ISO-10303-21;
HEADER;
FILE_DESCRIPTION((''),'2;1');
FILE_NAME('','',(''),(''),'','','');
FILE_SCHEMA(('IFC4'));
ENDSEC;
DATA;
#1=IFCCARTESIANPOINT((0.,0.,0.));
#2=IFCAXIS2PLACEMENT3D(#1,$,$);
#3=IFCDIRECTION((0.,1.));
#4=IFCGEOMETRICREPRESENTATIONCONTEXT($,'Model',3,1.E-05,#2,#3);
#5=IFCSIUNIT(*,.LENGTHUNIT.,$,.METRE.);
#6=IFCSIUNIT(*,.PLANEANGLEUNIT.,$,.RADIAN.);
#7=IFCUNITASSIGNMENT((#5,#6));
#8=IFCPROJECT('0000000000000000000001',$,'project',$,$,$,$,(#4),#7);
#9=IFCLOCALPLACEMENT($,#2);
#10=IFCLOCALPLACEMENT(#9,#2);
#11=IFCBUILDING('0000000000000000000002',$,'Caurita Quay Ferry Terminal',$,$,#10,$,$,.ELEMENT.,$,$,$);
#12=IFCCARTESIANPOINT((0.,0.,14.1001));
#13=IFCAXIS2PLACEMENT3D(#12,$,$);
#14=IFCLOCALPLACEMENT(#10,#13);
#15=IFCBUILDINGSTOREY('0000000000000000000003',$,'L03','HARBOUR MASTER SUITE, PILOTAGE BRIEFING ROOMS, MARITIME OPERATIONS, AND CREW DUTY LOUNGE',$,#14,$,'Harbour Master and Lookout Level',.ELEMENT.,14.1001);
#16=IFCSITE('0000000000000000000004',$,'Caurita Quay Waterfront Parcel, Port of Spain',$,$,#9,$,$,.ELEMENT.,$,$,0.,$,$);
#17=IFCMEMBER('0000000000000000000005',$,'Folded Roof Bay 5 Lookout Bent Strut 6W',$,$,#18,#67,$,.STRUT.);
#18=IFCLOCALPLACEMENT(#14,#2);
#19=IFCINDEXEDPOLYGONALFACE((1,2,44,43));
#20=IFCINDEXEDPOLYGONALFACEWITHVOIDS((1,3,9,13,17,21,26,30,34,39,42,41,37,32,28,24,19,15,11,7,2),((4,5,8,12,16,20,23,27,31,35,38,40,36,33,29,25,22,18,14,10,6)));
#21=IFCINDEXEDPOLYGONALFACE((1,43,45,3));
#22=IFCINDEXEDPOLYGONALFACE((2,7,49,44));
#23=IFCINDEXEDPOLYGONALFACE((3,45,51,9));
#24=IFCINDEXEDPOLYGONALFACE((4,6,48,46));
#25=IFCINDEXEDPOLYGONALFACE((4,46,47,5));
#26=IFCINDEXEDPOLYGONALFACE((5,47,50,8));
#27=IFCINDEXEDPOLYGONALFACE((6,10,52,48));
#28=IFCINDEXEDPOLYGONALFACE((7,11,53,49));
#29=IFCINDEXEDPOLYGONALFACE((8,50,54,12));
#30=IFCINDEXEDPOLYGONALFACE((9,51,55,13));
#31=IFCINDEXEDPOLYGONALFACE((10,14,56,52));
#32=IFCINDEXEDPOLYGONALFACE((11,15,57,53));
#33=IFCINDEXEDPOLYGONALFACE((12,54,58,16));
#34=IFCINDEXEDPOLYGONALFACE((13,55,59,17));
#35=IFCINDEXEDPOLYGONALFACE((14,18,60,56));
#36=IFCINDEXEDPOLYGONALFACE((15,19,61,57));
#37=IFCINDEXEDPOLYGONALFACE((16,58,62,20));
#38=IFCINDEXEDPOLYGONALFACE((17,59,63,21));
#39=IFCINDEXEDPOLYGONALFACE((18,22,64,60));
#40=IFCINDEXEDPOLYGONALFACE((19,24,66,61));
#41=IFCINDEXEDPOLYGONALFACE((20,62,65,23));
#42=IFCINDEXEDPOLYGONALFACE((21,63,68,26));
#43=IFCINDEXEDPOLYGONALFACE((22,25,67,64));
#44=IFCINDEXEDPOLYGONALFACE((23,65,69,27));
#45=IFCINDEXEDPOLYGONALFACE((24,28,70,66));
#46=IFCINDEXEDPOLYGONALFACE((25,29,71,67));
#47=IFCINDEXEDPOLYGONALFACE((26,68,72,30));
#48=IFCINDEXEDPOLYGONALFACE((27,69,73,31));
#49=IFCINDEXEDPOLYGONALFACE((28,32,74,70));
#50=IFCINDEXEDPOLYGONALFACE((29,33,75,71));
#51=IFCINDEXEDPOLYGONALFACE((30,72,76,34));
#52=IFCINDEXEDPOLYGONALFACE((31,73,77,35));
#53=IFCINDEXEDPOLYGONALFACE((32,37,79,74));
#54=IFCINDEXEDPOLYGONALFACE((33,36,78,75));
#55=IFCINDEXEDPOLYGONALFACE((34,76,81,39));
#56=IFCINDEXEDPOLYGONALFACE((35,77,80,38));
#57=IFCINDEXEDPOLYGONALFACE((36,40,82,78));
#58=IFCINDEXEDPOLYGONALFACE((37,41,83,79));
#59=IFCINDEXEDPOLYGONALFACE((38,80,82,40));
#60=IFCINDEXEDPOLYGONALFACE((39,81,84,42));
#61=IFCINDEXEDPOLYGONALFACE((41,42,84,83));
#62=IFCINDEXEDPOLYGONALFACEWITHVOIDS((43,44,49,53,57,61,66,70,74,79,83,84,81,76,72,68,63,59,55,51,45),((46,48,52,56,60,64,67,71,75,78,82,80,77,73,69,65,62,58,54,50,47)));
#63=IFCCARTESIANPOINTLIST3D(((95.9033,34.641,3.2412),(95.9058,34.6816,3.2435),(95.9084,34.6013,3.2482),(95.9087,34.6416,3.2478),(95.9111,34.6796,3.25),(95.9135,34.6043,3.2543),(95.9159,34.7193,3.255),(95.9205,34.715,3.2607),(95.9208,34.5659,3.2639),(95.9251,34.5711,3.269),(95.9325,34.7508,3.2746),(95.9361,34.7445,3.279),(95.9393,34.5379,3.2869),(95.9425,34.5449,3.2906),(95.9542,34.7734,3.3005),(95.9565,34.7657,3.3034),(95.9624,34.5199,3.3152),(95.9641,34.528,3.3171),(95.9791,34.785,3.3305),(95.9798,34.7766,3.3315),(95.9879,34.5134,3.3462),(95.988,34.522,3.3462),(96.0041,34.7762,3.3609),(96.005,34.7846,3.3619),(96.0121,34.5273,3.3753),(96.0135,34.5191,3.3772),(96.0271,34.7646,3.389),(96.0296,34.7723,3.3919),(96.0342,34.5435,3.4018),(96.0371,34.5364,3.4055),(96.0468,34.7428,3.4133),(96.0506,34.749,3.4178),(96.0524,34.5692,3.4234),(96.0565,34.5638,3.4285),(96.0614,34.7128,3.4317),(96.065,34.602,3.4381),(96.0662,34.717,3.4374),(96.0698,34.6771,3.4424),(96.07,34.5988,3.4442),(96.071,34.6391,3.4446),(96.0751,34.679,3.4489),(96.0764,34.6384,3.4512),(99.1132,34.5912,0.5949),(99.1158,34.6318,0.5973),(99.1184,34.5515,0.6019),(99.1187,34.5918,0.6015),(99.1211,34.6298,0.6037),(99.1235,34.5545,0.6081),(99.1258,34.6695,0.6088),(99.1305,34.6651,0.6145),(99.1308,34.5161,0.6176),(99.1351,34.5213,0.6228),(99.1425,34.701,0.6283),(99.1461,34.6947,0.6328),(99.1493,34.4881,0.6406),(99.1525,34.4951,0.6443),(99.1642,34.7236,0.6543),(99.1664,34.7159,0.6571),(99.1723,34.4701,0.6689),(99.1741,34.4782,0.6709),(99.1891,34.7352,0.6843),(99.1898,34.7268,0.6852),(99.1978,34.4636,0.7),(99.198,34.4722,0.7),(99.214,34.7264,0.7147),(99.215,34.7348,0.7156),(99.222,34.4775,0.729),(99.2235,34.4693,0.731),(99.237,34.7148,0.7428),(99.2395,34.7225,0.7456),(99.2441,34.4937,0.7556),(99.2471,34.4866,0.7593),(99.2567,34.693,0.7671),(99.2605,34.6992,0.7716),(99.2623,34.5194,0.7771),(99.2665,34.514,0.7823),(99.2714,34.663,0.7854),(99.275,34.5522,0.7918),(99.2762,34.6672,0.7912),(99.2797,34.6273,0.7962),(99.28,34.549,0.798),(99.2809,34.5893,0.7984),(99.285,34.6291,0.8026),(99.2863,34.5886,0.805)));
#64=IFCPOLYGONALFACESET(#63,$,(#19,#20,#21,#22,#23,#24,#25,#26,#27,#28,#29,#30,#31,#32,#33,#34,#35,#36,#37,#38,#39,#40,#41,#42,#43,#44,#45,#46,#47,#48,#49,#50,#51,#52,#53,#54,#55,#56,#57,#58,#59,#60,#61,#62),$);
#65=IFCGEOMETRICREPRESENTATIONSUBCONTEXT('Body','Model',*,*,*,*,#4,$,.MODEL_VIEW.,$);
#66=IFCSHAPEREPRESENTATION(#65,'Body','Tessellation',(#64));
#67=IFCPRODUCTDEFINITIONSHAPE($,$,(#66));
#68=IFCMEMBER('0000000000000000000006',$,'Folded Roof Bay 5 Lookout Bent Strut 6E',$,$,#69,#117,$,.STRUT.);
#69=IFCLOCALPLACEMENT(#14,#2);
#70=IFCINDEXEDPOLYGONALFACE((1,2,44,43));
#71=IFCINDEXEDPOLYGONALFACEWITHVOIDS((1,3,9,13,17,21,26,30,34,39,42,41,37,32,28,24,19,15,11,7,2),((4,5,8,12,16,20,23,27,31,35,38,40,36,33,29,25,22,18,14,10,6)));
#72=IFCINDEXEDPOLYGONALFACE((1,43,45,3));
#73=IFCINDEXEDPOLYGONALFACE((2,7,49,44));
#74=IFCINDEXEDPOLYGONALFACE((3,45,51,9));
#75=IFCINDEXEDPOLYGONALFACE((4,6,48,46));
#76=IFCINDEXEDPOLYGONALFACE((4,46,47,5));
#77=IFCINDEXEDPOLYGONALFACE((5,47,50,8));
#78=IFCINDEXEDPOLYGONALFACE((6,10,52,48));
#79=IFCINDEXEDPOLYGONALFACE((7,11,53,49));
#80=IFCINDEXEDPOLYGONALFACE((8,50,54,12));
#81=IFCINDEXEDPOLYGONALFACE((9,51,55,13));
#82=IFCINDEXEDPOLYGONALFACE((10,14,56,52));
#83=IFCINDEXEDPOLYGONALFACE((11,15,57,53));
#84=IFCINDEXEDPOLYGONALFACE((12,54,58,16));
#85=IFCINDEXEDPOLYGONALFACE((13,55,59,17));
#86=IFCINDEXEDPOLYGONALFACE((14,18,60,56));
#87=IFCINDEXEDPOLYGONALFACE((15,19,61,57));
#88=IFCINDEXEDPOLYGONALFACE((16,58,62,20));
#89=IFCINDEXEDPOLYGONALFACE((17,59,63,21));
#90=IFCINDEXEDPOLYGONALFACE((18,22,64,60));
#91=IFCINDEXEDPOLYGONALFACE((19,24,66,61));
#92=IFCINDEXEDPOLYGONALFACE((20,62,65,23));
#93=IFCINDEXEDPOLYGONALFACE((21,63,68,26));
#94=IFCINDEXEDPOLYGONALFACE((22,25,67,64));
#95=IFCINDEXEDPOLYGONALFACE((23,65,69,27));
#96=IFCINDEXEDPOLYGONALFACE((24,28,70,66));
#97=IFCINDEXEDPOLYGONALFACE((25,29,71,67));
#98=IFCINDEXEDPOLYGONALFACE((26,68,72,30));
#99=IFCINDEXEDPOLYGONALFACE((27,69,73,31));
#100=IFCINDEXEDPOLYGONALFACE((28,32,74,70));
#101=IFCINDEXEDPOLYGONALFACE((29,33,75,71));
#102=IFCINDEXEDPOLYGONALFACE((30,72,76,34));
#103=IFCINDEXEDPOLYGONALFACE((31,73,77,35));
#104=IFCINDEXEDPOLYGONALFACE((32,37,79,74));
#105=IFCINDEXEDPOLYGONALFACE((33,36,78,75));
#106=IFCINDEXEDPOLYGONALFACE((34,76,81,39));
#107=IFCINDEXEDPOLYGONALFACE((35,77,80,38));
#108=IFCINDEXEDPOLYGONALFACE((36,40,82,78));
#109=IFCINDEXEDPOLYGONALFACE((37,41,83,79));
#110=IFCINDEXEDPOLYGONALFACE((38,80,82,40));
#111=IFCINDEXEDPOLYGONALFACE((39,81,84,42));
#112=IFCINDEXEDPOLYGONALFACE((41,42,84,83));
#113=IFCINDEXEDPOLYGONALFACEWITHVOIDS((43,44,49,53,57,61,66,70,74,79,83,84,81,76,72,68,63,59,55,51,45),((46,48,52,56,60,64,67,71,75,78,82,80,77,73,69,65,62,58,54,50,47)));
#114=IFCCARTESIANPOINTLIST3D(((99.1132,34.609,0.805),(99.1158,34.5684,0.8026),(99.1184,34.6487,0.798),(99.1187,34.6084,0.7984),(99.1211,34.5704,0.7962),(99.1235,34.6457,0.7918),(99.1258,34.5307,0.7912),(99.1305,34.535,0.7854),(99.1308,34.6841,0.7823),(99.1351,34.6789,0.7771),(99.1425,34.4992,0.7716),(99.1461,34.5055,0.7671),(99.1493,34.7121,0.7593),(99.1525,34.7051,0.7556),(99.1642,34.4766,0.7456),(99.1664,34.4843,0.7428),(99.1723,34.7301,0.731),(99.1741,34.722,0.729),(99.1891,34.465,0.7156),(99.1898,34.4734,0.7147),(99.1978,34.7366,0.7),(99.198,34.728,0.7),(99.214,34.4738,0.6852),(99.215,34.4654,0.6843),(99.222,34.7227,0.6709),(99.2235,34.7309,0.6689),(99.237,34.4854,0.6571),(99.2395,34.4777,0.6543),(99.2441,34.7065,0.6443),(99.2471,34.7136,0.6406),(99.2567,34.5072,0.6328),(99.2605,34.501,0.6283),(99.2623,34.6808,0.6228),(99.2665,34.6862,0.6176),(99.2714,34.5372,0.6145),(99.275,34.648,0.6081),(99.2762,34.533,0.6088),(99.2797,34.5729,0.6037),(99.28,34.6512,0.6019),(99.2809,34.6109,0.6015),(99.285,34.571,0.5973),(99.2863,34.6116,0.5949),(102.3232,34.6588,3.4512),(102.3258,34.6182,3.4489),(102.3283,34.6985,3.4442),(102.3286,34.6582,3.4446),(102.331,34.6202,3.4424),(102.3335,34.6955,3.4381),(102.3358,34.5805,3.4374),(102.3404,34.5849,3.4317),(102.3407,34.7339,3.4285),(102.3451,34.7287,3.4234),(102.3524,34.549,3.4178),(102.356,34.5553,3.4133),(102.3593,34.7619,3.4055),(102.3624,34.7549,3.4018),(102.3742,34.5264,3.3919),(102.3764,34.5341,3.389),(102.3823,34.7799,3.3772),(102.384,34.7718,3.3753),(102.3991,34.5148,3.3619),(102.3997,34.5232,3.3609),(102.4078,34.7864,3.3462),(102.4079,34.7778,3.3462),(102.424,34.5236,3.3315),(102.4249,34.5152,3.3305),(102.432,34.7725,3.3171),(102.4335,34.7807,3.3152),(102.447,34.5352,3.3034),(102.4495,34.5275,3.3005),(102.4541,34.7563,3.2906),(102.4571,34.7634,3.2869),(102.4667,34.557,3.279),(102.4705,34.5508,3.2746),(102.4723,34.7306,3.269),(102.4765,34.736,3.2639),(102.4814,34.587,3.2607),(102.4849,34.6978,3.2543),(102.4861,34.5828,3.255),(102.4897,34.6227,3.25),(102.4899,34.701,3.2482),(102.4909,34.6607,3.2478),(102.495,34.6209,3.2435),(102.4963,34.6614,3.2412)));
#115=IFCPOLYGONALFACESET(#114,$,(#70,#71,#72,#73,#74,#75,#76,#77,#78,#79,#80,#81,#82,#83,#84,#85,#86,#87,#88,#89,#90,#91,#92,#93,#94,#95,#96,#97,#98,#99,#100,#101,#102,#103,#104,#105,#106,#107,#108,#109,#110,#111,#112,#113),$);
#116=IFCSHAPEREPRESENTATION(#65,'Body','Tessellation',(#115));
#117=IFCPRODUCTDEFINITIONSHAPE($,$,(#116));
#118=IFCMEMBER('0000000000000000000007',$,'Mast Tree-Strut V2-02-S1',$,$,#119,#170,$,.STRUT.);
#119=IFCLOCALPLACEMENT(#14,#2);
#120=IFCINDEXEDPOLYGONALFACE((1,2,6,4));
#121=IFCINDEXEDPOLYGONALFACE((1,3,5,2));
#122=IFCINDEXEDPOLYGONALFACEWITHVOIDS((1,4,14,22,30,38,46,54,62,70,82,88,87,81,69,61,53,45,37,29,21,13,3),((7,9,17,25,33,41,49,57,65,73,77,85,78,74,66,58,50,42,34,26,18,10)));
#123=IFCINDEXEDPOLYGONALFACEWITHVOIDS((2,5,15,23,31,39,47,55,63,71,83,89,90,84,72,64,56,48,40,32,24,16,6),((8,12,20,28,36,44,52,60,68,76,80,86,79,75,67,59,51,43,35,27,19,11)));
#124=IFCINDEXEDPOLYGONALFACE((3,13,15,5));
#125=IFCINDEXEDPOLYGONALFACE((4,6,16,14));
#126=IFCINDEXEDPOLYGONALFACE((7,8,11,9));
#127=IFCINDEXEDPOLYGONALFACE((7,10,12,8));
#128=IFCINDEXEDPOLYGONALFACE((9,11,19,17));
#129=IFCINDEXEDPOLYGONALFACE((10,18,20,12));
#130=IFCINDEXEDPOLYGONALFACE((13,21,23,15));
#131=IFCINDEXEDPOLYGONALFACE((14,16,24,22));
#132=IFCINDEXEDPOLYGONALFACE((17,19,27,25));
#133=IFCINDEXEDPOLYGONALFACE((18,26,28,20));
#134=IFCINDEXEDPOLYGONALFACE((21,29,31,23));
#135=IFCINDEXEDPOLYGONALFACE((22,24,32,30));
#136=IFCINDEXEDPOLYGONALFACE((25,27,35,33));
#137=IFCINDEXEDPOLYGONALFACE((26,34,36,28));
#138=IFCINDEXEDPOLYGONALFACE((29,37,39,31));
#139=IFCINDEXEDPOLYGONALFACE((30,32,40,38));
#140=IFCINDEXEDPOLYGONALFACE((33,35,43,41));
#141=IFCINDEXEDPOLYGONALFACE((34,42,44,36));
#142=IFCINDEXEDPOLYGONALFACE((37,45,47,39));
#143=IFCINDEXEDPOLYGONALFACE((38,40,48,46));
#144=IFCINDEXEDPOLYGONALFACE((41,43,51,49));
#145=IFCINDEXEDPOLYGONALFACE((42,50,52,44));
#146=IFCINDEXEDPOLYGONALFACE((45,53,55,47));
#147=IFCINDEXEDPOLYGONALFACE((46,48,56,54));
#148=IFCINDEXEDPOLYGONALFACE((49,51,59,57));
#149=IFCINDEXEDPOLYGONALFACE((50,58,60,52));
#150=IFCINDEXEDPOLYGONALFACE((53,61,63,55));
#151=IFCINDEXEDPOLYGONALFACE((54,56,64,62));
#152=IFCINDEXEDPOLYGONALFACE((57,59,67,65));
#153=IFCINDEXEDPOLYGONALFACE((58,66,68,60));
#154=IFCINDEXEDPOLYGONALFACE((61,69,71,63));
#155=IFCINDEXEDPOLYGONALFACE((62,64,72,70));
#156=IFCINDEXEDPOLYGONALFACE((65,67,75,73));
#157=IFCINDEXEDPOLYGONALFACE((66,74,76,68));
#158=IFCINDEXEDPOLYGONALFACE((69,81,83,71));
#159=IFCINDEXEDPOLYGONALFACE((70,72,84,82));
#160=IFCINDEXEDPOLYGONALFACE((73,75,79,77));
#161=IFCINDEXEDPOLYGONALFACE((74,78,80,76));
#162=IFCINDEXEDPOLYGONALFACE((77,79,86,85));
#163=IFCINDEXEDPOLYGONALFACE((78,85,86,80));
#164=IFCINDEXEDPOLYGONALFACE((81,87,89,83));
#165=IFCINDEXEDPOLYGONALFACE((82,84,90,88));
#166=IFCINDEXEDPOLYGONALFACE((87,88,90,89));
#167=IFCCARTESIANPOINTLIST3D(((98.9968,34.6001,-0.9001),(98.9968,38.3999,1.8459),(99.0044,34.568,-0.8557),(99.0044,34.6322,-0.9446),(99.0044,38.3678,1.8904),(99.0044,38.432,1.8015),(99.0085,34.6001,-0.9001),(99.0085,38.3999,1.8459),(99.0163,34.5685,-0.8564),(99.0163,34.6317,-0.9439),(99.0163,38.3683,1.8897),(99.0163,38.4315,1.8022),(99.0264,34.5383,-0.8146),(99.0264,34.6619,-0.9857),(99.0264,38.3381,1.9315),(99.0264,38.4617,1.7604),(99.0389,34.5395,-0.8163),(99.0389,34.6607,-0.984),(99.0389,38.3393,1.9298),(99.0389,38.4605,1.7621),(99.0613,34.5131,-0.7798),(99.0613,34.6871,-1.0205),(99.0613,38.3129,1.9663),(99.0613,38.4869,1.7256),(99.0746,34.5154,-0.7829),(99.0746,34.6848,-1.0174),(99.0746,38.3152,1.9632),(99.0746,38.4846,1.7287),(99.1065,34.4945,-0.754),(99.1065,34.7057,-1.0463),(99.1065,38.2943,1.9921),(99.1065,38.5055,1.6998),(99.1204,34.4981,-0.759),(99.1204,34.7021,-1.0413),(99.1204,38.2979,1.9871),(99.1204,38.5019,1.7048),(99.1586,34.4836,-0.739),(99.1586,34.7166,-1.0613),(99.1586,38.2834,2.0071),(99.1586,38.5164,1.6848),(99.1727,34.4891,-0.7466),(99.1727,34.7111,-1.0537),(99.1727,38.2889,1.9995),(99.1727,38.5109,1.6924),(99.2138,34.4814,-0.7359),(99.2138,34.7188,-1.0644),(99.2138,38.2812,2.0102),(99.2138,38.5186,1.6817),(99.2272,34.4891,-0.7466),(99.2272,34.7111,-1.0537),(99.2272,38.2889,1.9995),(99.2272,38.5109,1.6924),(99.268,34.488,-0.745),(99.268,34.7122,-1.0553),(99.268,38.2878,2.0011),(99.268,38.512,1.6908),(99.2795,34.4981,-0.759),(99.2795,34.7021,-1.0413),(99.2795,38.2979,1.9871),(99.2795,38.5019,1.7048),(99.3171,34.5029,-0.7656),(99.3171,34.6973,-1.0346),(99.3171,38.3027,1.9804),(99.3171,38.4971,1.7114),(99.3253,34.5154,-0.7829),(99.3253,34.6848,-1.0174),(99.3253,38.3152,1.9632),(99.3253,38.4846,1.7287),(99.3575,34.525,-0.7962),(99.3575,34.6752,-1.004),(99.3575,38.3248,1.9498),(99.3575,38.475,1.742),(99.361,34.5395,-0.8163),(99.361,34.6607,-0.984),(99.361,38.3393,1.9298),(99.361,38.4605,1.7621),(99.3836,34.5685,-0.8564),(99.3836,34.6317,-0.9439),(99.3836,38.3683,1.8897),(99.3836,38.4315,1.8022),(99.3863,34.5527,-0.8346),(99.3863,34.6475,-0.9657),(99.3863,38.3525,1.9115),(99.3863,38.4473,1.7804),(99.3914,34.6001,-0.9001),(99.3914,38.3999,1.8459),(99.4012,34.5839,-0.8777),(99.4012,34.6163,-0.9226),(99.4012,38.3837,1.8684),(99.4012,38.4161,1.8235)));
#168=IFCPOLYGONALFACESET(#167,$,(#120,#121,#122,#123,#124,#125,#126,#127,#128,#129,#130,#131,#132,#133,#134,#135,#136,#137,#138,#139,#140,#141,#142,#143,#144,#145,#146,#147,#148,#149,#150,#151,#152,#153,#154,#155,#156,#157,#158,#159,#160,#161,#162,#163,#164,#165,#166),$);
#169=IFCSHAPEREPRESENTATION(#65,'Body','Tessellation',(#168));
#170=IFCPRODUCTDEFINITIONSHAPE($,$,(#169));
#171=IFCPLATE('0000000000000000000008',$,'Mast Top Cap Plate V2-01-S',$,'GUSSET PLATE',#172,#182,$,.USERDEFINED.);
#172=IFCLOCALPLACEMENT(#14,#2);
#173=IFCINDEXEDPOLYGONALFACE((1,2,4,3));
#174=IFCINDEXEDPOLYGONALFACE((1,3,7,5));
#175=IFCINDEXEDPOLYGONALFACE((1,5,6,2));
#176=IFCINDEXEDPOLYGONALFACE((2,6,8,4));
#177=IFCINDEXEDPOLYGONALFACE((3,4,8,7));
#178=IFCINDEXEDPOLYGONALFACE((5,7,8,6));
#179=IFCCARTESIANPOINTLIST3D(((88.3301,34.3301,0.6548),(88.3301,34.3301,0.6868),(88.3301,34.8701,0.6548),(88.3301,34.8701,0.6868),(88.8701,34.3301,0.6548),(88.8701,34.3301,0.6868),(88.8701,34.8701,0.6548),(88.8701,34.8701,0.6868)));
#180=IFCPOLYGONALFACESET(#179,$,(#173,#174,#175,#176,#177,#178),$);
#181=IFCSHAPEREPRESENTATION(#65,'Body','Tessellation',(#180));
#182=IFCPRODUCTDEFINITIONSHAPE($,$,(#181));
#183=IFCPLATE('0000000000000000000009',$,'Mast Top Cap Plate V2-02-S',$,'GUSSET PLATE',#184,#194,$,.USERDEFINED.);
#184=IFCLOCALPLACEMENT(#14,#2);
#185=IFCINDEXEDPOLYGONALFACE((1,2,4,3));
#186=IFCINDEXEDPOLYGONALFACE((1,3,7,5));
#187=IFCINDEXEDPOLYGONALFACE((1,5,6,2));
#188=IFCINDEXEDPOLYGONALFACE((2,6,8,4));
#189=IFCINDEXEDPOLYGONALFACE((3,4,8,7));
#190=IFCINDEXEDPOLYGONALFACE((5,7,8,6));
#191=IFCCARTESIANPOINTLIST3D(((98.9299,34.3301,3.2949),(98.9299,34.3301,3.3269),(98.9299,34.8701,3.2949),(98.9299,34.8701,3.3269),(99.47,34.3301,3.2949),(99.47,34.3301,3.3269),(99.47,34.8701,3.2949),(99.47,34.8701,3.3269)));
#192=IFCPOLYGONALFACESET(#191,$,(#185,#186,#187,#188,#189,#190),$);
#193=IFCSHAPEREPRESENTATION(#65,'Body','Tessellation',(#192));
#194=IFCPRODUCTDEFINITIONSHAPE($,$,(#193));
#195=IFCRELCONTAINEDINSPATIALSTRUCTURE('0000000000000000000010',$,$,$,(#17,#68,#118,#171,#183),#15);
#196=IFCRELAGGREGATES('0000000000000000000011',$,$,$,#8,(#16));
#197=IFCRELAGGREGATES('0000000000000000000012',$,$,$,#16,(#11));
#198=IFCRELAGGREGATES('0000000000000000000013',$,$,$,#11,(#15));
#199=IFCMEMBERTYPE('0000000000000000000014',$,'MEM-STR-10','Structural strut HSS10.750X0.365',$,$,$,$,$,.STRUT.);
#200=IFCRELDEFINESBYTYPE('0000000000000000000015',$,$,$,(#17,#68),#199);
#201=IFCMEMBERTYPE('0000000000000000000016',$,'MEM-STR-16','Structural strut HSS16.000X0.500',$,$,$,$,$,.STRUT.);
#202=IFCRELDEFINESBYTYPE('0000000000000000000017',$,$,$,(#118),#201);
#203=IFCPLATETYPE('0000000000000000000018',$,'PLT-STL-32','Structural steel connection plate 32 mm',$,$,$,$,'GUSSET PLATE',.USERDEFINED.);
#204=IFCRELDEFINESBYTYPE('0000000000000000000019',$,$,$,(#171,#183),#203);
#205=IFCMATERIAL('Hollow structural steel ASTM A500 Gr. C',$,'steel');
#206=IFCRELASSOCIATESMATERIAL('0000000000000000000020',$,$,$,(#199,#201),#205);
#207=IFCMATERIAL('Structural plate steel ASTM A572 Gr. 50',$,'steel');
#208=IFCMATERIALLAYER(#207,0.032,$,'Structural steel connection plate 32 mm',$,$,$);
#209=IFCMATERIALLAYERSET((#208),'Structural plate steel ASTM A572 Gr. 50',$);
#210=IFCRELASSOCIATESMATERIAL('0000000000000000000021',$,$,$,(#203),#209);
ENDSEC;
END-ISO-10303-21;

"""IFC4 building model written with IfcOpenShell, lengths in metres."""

from ifc_helpers import new_model, si_unit, direction, frame, origin, origin_2d, place, context, subcontext, project, spatial, rectangle, hollow_circle, extrude, material, layer, layer_set, material_profile, profile_set, type_object, element, save


model = new_model("IFC4")

# Units and contexts
model_context = context("Model", 3, precision=1e-05, world=origin(), true_north=direction((0.0, 1.0)))
body_context = subcontext(model_context, "Body", "Model", "MODEL_VIEW")
ifc_project = project(units=[si_unit("LENGTHUNIT", "METRE"), si_unit("PLANEANGLEUNIT", "RADIAN")], contexts=[model_context])

# Site, building, storey
site_placement = place(None, origin())
site = spatial("IfcSite", under=ifc_project, at=site_placement, Name="Caurita Quay Waterfront Parcel, Port of Spain", CompositionType="ELEMENT", RefElevation=0.0)
building_placement = place(site_placement, origin())
building = spatial("IfcBuilding", under=site, at=building_placement, Name="Caurita Quay Ferry Terminal", CompositionType="ELEMENT")
storey_placement = place(building_placement, frame((0.0, 0.0, 14.1001)))
storey = spatial("IfcBuildingStorey", under=building, at=storey_placement, Name="L03", Description="HARBOUR MASTER SUITE, PILOTAGE BRIEFING ROOMS, MARITIME OPERATIONS, AND CREW DUTY LOUNGE", LongName="Harbour Master and Lookout Level", CompositionType="ELEMENT", Elevation=14.1001)

# Shared definitions
ifc_material_1 = material(Name="Hollow structural steel ASTM A500 Gr. C", Category="steel")

# Members
ifc_material_profile_1 = material_profile(ifc_material_1, hollow_circle(Radius=0.1365, WallThickness=0.0085, at=origin_2d()), Name="HSS10.750X0.365")
ifc_profile_set_1 = profile_set([ifc_material_profile_1], Name="Hollow structural steel ASTM A500 Gr. C")
member_type_1 = type_object("IfcMemberType", Name="MEM-STR-10", Description="Structural strut HSS10.750X0.365", PredefinedType="STRUT", material=ifc_profile_set_1)
for number, where, z_axis, x_axis, name in (
    (1, (99.2, 34.6001, 0.7), (-0.771551, 0.011971, 0.636054), (-0.015514, -0.99988, 0.0), "Folded Roof Bay 5 Lookout Bent Strut 6W"),
    (2, (99.2, 34.6001, 0.7), (0.771551, 0.011971, 0.636054), (-0.015514, 0.99988, 0.0), "Folded Roof Bay 5 Lookout Bent Strut 6E"),
):
    element("IfcMember", number, at=place(storey_placement, frame(where, z_axis=z_axis, x_axis=x_axis)), inside=storey, type_object=member_type_1, Name=name, PredefinedType="STRUT", context=body_context, shape_type="SweptSolid", body=[
        extrude(hollow_circle(Radius=0.1365, WallThickness=0.0085, at=origin_2d()), origin(), (0.0, 0.0, 1.0), 4.1604),
    ])
ifc_material_profile_2 = material_profile(ifc_material_1, hollow_circle(Radius=0.2031, WallThickness=0.0117, at=origin_2d()), Name="HSS16.000X0.500")
ifc_profile_set_2 = profile_set([ifc_material_profile_2], Name="Hollow structural steel ASTM A500 Gr. C")
member_type_2 = type_object("IfcMemberType", Name="MEM-STR-16", Description="Structural strut HSS16.000X0.500", PredefinedType="STRUT", material=ifc_profile_set_2)
member_1_placement = place(storey_placement, frame((99.2, 34.6001, -0.9001), z_axis=(0.0, 0.810498, 0.585742), x_axis=(-1.0, 0.0, 0.0)))
element("IfcMember", 3, at=member_1_placement, inside=storey, type_object=member_type_2, Name="Mast Tree-Strut V2-02-S1", PredefinedType="STRUT", context=body_context, shape_type="SweptSolid", body=[
    extrude(hollow_circle(Radius=0.2031, WallThickness=0.0117, at=origin_2d()), origin(), (0.0, 0.0, 1.0), 4.6882),
])

# Plates
ifc_material_2 = material(Name="Structural plate steel ASTM A572 Gr. 50", Category="steel")
ifc_layer_1 = layer(ifc_material_2, 0.032, Name="Structural steel connection plate 32 mm")
ifc_layer_set_1 = layer_set([ifc_layer_1], Name="Structural plate steel ASTM A572 Gr. 50")
plate_type_1 = type_object("IfcPlateType", Name="PLT-STL-32", Description="Structural steel connection plate 32 mm", ElementType="GUSSET PLATE", PredefinedType="USERDEFINED", material=ifc_layer_set_1)
for number, where, z_axis, x_axis, name in (
    (4, (88.6001, 34.6001, 0.6548), (0.0, 0.0, 1.0), (1.0, 0.0, 0.0), "Mast Top Cap Plate V2-01-S"),
    (5, (99.2, 34.6001, 3.2949), (0.0, 0.0, 1.0), (1.0, 0.0, 0.0), "Mast Top Cap Plate V2-02-S"),
):
    element("IfcPlate", number, at=place(storey_placement, frame(where, z_axis=z_axis, x_axis=x_axis)), inside=storey, type_object=plate_type_1, Name=name, ObjectType="GUSSET PLATE", PredefinedType="USERDEFINED", context=body_context, shape_type="SweptSolid", body=[
        extrude(rectangle(XDim=0.54, YDim=0.54, at=origin_2d()), origin(), (0.0, 0.0, 1.0), 0.032),
    ])

save(model, "model.ifc")
